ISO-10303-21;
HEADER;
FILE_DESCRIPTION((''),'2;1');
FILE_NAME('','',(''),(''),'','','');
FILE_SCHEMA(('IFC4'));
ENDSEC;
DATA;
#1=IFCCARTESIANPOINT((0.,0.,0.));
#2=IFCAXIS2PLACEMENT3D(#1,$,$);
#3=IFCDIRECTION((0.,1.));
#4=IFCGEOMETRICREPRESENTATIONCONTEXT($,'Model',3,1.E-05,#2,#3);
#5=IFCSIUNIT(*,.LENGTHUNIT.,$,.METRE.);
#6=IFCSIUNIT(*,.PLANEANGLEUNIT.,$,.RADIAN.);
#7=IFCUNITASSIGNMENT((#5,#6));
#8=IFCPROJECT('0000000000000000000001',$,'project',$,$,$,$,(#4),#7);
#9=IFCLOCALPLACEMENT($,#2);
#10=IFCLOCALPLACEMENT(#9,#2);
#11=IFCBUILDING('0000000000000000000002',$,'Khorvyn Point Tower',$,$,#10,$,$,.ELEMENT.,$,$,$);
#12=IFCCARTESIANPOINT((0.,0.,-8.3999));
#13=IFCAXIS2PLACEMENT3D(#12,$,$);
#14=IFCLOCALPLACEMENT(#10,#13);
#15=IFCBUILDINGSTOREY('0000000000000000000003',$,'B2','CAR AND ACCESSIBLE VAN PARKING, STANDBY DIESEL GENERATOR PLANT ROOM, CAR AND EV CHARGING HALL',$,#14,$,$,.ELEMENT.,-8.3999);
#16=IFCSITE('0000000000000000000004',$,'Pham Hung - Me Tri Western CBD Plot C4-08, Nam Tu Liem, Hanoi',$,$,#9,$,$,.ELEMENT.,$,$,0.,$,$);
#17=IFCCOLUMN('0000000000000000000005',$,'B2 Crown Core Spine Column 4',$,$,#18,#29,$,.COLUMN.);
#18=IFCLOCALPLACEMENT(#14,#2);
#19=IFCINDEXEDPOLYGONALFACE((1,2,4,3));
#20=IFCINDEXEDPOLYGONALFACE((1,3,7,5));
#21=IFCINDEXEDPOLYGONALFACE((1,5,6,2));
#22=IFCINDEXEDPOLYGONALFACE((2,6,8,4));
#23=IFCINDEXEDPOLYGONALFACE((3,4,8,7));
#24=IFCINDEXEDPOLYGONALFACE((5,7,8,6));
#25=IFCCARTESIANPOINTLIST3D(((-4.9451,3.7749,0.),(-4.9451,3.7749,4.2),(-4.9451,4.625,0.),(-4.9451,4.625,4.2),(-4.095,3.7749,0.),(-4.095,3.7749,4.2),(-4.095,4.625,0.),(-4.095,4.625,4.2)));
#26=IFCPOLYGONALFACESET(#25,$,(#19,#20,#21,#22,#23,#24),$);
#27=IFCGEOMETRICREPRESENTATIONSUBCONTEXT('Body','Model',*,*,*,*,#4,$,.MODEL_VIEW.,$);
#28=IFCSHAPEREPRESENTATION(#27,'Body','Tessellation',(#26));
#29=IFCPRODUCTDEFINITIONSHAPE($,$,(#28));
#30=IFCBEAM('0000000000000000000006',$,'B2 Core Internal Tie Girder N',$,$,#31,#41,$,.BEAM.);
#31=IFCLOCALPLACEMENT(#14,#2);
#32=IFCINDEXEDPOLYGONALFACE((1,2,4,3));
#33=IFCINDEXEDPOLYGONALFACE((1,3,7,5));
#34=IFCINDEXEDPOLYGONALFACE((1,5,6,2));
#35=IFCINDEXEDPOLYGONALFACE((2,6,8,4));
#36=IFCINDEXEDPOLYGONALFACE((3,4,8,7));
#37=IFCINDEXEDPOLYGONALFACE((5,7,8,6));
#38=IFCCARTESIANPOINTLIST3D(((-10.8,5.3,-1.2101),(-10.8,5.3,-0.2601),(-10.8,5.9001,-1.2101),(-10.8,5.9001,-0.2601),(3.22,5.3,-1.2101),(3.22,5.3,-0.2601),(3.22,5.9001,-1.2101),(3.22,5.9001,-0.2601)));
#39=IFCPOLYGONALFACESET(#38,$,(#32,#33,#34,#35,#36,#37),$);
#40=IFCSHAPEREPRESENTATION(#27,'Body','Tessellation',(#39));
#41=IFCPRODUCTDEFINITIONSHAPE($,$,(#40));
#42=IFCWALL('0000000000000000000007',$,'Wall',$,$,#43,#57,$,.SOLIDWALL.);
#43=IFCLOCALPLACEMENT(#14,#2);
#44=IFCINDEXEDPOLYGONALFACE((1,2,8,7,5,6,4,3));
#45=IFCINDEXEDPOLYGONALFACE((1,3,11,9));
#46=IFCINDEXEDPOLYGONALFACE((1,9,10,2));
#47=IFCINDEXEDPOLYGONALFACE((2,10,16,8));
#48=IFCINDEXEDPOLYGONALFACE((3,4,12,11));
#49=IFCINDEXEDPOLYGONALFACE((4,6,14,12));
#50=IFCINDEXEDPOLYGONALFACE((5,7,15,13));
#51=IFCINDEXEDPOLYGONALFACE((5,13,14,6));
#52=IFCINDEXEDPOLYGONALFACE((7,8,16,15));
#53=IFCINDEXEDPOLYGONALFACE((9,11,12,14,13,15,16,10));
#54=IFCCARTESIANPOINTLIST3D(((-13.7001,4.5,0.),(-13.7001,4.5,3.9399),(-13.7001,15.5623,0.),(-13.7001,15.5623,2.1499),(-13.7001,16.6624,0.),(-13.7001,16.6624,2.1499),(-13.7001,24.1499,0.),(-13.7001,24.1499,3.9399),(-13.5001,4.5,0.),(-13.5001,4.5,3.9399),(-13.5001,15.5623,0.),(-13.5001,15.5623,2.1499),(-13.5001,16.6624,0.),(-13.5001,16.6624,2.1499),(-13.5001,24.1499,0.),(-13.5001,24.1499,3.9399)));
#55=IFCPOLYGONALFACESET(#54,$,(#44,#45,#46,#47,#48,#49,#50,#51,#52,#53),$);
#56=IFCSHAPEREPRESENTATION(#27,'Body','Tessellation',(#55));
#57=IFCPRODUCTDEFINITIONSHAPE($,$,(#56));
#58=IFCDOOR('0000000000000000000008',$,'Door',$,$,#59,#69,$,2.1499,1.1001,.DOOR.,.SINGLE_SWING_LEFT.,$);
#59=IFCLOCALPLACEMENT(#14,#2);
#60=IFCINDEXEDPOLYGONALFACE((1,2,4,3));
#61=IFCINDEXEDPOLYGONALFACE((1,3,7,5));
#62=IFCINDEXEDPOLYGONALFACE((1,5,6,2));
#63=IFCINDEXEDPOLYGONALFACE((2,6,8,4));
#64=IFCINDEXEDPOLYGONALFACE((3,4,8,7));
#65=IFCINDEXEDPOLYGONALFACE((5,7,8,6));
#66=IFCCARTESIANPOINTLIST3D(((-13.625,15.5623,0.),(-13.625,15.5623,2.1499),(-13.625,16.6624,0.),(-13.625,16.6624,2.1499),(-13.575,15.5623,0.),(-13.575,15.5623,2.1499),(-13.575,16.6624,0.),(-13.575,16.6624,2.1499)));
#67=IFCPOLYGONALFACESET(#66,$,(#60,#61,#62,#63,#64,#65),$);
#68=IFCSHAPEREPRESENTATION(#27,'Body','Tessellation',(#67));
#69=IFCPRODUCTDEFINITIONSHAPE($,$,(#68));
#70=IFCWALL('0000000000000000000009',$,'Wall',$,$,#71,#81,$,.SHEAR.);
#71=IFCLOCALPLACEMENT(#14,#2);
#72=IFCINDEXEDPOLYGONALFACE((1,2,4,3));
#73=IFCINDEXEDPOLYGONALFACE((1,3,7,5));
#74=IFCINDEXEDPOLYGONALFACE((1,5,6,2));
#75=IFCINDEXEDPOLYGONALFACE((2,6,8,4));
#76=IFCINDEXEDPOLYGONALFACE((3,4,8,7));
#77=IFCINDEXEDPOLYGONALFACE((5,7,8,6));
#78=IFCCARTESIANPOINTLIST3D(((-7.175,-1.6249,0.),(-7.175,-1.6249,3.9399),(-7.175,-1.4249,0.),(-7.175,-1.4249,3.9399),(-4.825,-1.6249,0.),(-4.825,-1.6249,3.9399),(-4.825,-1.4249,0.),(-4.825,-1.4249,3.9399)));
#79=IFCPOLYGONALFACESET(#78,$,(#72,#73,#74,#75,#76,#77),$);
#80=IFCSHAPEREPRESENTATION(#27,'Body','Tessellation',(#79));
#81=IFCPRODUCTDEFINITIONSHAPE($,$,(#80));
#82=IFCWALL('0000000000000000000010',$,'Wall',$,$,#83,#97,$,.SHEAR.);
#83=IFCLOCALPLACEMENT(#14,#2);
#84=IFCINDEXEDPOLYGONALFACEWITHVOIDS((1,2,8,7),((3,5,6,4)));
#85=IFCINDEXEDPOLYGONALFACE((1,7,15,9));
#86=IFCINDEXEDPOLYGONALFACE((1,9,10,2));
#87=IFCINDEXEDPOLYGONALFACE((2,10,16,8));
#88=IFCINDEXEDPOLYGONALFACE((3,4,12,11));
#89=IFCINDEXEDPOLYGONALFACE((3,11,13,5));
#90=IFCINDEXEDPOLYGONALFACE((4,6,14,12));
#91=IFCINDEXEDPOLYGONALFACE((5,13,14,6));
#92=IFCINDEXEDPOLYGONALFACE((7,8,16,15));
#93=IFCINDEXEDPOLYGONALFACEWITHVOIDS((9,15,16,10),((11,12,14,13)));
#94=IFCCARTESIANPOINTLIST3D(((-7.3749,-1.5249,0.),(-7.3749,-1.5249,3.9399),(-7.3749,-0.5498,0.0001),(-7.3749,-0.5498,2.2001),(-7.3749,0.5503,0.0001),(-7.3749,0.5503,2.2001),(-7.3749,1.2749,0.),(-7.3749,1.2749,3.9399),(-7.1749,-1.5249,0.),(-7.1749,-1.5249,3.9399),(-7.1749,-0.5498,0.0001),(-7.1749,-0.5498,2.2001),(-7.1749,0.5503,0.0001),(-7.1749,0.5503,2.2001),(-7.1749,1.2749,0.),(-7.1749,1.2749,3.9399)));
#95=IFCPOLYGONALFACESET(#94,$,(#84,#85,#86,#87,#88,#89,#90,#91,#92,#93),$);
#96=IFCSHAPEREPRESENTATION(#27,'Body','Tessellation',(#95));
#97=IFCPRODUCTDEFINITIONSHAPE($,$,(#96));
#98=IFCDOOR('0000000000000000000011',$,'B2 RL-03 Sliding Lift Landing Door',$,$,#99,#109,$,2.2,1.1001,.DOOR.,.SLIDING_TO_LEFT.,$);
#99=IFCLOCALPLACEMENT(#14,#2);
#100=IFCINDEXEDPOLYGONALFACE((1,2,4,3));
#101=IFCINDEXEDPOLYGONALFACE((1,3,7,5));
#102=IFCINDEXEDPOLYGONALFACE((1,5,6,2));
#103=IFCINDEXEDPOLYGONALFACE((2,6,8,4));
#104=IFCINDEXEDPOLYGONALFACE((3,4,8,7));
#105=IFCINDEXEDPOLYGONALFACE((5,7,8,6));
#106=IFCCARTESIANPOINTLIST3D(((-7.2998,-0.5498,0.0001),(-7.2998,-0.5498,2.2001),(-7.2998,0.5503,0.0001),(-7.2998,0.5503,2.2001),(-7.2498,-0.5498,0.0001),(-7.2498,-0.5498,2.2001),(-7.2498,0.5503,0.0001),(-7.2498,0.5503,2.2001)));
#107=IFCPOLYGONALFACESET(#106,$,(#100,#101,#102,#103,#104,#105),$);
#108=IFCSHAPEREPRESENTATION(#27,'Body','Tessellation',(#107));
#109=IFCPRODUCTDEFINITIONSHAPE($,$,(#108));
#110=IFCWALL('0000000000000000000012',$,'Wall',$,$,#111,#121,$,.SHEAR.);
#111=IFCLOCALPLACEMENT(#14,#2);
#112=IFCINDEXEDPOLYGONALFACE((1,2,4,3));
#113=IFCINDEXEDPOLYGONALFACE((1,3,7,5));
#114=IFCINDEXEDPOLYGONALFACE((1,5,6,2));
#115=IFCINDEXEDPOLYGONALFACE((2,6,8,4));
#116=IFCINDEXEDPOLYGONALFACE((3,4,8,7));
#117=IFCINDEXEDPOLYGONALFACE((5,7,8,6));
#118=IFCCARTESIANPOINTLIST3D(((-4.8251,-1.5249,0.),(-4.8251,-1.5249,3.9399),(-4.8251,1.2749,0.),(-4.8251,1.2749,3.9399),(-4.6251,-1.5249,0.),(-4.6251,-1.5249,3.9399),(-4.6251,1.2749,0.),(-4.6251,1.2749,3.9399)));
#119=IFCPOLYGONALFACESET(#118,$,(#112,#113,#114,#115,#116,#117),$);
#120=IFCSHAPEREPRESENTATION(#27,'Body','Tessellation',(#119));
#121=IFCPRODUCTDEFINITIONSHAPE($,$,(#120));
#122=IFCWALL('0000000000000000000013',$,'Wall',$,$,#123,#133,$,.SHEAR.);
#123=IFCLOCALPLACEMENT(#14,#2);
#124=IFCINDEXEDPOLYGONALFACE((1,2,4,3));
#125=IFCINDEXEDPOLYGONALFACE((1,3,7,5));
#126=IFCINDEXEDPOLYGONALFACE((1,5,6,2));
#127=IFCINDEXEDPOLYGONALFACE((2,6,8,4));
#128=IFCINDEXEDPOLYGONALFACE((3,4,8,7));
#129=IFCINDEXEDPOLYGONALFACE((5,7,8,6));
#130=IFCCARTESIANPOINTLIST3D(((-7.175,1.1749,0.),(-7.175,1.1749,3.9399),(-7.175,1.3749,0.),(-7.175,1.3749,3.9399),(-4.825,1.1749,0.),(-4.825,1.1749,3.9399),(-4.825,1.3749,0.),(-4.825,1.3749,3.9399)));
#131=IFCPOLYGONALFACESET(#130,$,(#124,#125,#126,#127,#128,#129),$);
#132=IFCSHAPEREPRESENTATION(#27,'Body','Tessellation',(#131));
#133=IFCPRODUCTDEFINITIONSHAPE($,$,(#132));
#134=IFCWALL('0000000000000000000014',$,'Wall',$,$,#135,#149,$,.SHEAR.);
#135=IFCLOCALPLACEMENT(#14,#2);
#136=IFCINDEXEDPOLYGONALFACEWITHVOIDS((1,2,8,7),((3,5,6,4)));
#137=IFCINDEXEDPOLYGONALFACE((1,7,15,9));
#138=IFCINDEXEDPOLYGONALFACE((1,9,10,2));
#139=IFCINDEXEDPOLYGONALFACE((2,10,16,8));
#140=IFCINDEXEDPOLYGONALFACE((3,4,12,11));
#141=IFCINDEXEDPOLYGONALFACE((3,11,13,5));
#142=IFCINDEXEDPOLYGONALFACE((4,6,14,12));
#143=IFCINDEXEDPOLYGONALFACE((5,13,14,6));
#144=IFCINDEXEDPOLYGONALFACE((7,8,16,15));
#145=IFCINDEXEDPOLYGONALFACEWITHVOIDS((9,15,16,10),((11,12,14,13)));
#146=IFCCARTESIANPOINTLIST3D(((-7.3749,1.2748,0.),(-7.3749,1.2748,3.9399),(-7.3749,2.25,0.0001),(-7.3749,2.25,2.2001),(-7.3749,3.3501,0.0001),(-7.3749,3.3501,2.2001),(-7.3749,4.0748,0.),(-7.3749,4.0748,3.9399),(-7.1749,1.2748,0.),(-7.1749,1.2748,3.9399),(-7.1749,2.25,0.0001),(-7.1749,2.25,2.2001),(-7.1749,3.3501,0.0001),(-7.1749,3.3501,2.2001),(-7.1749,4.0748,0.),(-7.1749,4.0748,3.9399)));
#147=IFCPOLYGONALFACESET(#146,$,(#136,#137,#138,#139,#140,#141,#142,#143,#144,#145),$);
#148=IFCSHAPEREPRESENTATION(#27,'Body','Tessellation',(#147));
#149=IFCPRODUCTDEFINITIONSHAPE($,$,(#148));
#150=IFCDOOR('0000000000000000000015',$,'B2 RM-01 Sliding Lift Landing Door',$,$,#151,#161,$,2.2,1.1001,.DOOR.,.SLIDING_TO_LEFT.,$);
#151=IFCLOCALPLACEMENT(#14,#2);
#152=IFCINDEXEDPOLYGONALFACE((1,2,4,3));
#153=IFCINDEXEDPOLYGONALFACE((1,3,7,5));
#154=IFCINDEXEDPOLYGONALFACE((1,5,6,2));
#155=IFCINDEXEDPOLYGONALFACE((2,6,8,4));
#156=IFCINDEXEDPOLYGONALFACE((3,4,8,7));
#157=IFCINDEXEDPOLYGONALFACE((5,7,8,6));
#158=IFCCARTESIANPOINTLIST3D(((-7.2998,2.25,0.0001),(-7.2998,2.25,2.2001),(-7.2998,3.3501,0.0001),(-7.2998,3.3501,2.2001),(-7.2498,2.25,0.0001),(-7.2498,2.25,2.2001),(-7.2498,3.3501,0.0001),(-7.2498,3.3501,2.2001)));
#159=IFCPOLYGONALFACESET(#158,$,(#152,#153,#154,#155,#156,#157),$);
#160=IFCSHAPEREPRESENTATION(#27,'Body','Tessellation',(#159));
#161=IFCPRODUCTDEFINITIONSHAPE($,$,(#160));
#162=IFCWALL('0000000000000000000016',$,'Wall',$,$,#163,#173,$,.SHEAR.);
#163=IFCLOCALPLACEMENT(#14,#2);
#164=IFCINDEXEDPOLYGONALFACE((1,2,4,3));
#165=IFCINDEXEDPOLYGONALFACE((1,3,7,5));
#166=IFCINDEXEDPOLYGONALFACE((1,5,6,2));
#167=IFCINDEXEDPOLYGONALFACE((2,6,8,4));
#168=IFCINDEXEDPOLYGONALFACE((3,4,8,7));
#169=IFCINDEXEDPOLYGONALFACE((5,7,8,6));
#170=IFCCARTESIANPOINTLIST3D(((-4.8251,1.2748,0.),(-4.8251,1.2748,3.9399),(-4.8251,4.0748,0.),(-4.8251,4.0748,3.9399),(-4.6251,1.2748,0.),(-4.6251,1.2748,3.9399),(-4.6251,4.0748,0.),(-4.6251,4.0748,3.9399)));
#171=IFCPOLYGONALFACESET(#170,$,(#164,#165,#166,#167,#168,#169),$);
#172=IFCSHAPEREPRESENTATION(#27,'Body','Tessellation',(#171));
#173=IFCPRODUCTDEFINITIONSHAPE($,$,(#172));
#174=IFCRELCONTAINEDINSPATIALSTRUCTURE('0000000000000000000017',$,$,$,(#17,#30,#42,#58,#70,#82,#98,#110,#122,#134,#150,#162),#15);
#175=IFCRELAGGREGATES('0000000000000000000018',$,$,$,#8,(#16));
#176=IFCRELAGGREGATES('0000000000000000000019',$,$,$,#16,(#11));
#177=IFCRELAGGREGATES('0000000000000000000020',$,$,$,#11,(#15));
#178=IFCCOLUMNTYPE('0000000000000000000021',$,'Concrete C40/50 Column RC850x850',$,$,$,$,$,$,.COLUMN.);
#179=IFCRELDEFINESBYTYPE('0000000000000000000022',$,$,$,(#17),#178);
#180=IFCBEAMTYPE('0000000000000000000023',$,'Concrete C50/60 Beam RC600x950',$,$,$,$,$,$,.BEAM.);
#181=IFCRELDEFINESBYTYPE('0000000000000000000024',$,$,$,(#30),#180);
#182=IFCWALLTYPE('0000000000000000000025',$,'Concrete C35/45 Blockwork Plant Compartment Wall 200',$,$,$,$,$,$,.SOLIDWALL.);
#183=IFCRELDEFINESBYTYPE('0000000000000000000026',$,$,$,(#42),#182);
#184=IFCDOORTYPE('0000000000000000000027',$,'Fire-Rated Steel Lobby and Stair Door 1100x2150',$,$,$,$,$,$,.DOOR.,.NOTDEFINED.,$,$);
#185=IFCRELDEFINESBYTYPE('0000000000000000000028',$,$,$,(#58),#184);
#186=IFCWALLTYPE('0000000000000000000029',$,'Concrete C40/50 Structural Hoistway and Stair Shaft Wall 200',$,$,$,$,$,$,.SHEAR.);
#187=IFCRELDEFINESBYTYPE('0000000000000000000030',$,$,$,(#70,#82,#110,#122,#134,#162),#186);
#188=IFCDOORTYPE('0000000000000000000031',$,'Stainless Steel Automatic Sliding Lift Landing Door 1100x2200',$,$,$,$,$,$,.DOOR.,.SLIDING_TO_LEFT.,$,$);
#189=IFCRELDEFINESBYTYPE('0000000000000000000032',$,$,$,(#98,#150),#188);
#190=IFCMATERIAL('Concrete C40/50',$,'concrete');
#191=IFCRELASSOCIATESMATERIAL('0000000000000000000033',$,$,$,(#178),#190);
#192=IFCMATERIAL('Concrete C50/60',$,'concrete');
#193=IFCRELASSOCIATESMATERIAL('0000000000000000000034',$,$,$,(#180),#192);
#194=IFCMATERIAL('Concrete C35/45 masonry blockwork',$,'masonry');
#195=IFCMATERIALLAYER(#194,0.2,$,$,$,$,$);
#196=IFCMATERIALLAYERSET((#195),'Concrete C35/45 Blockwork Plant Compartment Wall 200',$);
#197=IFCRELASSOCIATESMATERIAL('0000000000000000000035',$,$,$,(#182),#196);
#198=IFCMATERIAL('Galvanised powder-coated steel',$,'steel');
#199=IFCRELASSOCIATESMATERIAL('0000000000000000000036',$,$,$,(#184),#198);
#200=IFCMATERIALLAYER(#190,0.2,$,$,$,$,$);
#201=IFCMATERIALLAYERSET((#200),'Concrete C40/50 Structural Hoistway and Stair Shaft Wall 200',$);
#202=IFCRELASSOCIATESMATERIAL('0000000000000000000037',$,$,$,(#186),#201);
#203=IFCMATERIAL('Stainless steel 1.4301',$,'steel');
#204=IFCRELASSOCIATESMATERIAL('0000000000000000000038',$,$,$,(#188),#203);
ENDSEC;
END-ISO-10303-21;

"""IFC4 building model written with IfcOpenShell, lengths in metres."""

from ifc_helpers import new_model, si_unit, direction, frame, frame_2d, origin, origin_2d, place, context, subcontext, project, spatial, rectangle, extrude, material, layer, layer_set, material_profile, profile_set, type_object, element, fill, save


model = new_model("IFC4")

# Units and contexts
model_context = context("Model", 3, precision=1e-05, world=origin(), true_north=direction((0.0, 1.0)))
body_context = subcontext(model_context, "Body", "Model", "MODEL_VIEW")
ifc_project = project(units=[si_unit("LENGTHUNIT", "METRE"), si_unit("PLANEANGLEUNIT", "RADIAN")], contexts=[model_context])

# Site, building, storey
site_placement = place(None, origin())
site = spatial("IfcSite", under=ifc_project, at=site_placement, Name="Pham Hung - Me Tri Western CBD Plot C4-08, Nam Tu Liem, Hanoi", CompositionType="ELEMENT", RefElevation=0.0)
building_placement = place(site_placement, origin())
building = spatial("IfcBuilding", under=site, at=building_placement, Name="Khorvyn Point Tower", CompositionType="ELEMENT")
storey_placement = place(building_placement, frame((0.0, 0.0, -8.3999)))
storey = spatial("IfcBuildingStorey", under=building, at=storey_placement, Name="B2", Description="CAR AND ACCESSIBLE VAN PARKING, STANDBY DIESEL GENERATOR PLANT ROOM, CAR AND EV CHARGING HALL", CompositionType="ELEMENT", Elevation=-8.3999)

# Column
ifc_material_1 = material(Name="Concrete C40/50", Category="concrete")
ifc_material_profile_1 = material_profile(ifc_material_1, rectangle(XDim=0.8501, YDim=0.8501, at=origin_2d()))
ifc_profile_set_1 = profile_set([ifc_material_profile_1], Name="Concrete C40/50 RC850x850")
column_type = type_object("IfcColumnType", Name="Concrete C40/50 Column RC850x850", PredefinedType="COLUMN", material=ifc_profile_set_1)
column_placement = place(storey_placement, frame((-4.52, 4.2, 0.0), z_axis=(0.0, 0.0, 1.0), x_axis=(1.0, 0.0, 0.0)))
element("IfcColumn", 1, at=column_placement, inside=storey, type_object=column_type, Name="B2 Crown Core Spine Column 4", PredefinedType="COLUMN", context=body_context, shape_type="SweptSolid", body=[
    extrude(rectangle(XDim=0.8501, YDim=0.8501, at=origin_2d()), origin(), (0.0, 0.0, 1.0), 4.2),
])

# Beam
ifc_material_2 = material(Name="Concrete C50/60", Category="concrete")
ifc_material_profile_2 = material_profile(ifc_material_2, rectangle(XDim=0.6001, YDim=0.95, at=origin_2d()))
ifc_profile_set_2 = profile_set([ifc_material_profile_2], Name="Concrete C50/60 RC600x950")
beam_type = type_object("IfcBeamType", Name="Concrete C50/60 Beam RC600x950", PredefinedType="BEAM", material=ifc_profile_set_2)
beam_placement = place(storey_placement, frame((-10.8, 5.6001, -0.7351), z_axis=(1.0, 0.0, 0.0), x_axis=(0.0, 1.0, 0.0)))
element("IfcBeam", 2, at=beam_placement, inside=storey, type_object=beam_type, Name="B2 Core Internal Tie Girder N", PredefinedType="BEAM", context=body_context, shape_type="SweptSolid", body=[
    extrude(rectangle(XDim=0.6001, YDim=0.95, at=origin_2d()), origin(), (0.0, 0.0, 1.0), 14.02),
])

# Wall, opening, door
ifc_material_3 = material(Name="Concrete C35/45 masonry blockwork", Category="masonry")
ifc_layer_1 = layer(ifc_material_3, 0.2)
ifc_layer_set_1 = layer_set([ifc_layer_1], Name="Concrete C35/45 Blockwork Plant Compartment Wall 200")
wall_type_1 = type_object("IfcWallType", Name="Concrete C35/45 Blockwork Plant Compartment Wall 200", PredefinedType="SOLIDWALL", material=ifc_layer_set_1)
wall_1_placement = place(storey_placement, frame((-13.6001, 4.5, 0.0), z_axis=(0.0, 0.0, 1.0), x_axis=(0.0, 1.0, 0.0)))
wall_1 = element("IfcWall", 3, at=wall_1_placement, inside=storey, type_object=wall_type_1, Name="Wall", PredefinedType="SOLIDWALL", context=body_context, shape_type="SweptSolid", body=[
    extrude(rectangle(XDim=19.6499, YDim=0.2, at=frame_2d((9.825, 0.0))), origin(), (0.0, 0.0, 1.0), 3.9399),
])
opening_1_placement = place(wall_1_placement, frame((11.0623, 0.0, 0.0)))
opening_1 = element("IfcOpeningElement", 4, at=opening_1_placement, cuts=wall_1, PredefinedType="OPENING", context=body_context, shape_type="SweptSolid", body=[
    extrude(rectangle(XDim=1.1001, YDim=2.1499, at=frame_2d((0.55, 1.075))), frame((0.0, 0.1099, 0.0), z_axis=(0.0, -1.0, 0.0), x_axis=(1.0, 0.0, 0.0)), (0.0, 0.0, 1.0), 0.22),
])
ifc_material_4 = material(Name="Galvanised powder-coated steel", Category="steel")
door_type_1 = type_object("IfcDoorType", Name="Fire-Rated Steel Lobby and Stair Door 1100x2150", OperationType="NOTDEFINED", PredefinedType="DOOR", material=ifc_material_4)
door_1_placement = place(opening_1_placement, origin())
door_1 = element("IfcDoor", 5, at=door_1_placement, inside=storey, type_object=door_type_1, Name="Door", OperationType="SINGLE_SWING_LEFT", OverallHeight=2.1499, OverallWidth=1.1001, PredefinedType="DOOR", context=body_context, shape_type="SweptSolid", body=[
    extrude(rectangle(XDim=1.1001, YDim=2.1499, at=frame_2d((0.55, 1.075))), frame((0.0, 0.0249, 0.0), z_axis=(0.0, -1.0, 0.0), x_axis=(1.0, 0.0, 0.0)), (0.0, 0.0, 1.0), 0.05),
])
fill(opening_1, door_1)

# Wall
ifc_layer_2 = layer(ifc_material_1, 0.2)
ifc_layer_set_2 = layer_set([ifc_layer_2], Name="Concrete C40/50 Structural Hoistway and Stair Shaft Wall 200")
wall_type_2 = type_object("IfcWallType", Name="Concrete C40/50 Structural Hoistway and Stair Shaft Wall 200", PredefinedType="SHEAR", material=ifc_layer_set_2)
wall_2_placement = place(storey_placement, frame((-7.175, -1.5249, 0.0), z_axis=(0.0, 0.0, 1.0), x_axis=(1.0, 0.0, 0.0)))
element("IfcWall", 6, at=wall_2_placement, inside=storey, type_object=wall_type_2, Name="Wall", PredefinedType="SHEAR", context=body_context, shape_type="SweptSolid", body=[
    extrude(rectangle(XDim=2.3501, YDim=0.2, at=frame_2d((1.175, 0.0))), origin(), (0.0, 0.0, 1.0), 3.9399),
])

# Wall, opening, door
wall_3_placement = place(storey_placement, frame((-7.2749, -1.5249, 0.0), z_axis=(0.0, 0.0, 1.0), x_axis=(0.0, 1.0, 0.0)))
wall_3 = element("IfcWall", 7, at=wall_3_placement, inside=storey, type_object=wall_type_2, Name="Wall", PredefinedType="SHEAR", context=body_context, shape_type="SweptSolid", body=[
    extrude(rectangle(XDim=2.7998, YDim=0.2, at=frame_2d((1.3999, 0.0))), origin(), (0.0, 0.0, 1.0), 3.9399),
])
opening_2_placement = place(wall_3_placement, frame((0.9751, 0.0, 0.0)))
opening_2 = element("IfcOpeningElement", 8, at=opening_2_placement, cuts=wall_3, PredefinedType="OPENING", context=body_context, shape_type="SweptSolid", body=[
    extrude(rectangle(XDim=1.1001, YDim=2.2, at=frame_2d((0.55, 1.1001))), frame((0.0, 0.1099, 0.0), z_axis=(0.0, -1.0, 0.0), x_axis=(1.0, 0.0, 0.0)), (0.0, 0.0, 1.0), 0.22),
])
ifc_material_5 = material(Name="Stainless steel 1.4301", Category="steel")
door_type_2 = type_object("IfcDoorType", Name="Stainless Steel Automatic Sliding Lift Landing Door 1100x2200", OperationType="SLIDING_TO_LEFT", PredefinedType="DOOR", material=ifc_material_5)
door_2_placement = place(opening_2_placement, origin())
door_2 = element("IfcDoor", 9, at=door_2_placement, inside=storey, type_object=door_type_2, Name="B2 RL-03 Sliding Lift Landing Door", OperationType="SLIDING_TO_LEFT", OverallHeight=2.2, OverallWidth=1.1001, PredefinedType="DOOR", context=body_context, shape_type="SweptSolid", body=[
    extrude(rectangle(XDim=1.1001, YDim=2.2, at=frame_2d((0.55, 1.1001))), frame((0.0, 0.0249, 0.0), z_axis=(0.0, -1.0, 0.0), x_axis=(1.0, 0.0, 0.0)), (0.0, 0.0, 1.0), 0.05),
])
fill(opening_2, door_2)

# Walls
wall_4_placement = place(storey_placement, frame((-4.7251, -1.5249, 0.0), z_axis=(0.0, 0.0, 1.0), x_axis=(0.0, 1.0, 0.0)))
element("IfcWall", 10, at=wall_4_placement, inside=storey, type_object=wall_type_2, Name="Wall", PredefinedType="SHEAR", context=body_context, shape_type="SweptSolid", body=[
    extrude(rectangle(XDim=2.7998, YDim=0.2, at=frame_2d((1.3999, 0.0))), origin(), (0.0, 0.0, 1.0), 3.9399),
])
wall_5_placement = place(storey_placement, frame((-7.175, 1.2749, 0.0), z_axis=(0.0, 0.0, 1.0), x_axis=(1.0, 0.0, 0.0)))
element("IfcWall", 11, at=wall_5_placement, inside=storey, type_object=wall_type_2, Name="Wall", PredefinedType="SHEAR", context=body_context, shape_type="SweptSolid", body=[
    extrude(rectangle(XDim=2.3501, YDim=0.2, at=frame_2d((1.175, 0.0))), origin(), (0.0, 0.0, 1.0), 3.9399),
])

# Wall, opening, door
wall_6_placement = place(storey_placement, frame((-7.2749, 1.2749, 0.0), z_axis=(0.0, 0.0, 1.0), x_axis=(0.0, 1.0, 0.0)))
wall_6 = element("IfcWall", 12, at=wall_6_placement, inside=storey, type_object=wall_type_2, Name="Wall", PredefinedType="SHEAR", context=body_context, shape_type="SweptSolid", body=[
    extrude(rectangle(XDim=2.8, YDim=0.2, at=frame_2d((1.3999, 0.0))), origin(), (0.0, 0.0, 1.0), 3.9399),
])
opening_3_placement = place(wall_6_placement, frame((0.9751, 0.0, 0.0)))
opening_3 = element("IfcOpeningElement", 13, at=opening_3_placement, cuts=wall_6, PredefinedType="OPENING", context=body_context, shape_type="SweptSolid", body=[
    extrude(rectangle(XDim=1.1001, YDim=2.2, at=frame_2d((0.55, 1.1001))), frame((0.0, 0.1099, 0.0), z_axis=(0.0, -1.0, 0.0), x_axis=(1.0, 0.0, 0.0)), (0.0, 0.0, 1.0), 0.22),
])
door_3_placement = place(opening_3_placement, origin())
door_3 = element("IfcDoor", 14, at=door_3_placement, inside=storey, type_object=door_type_2, Name="B2 RM-01 Sliding Lift Landing Door", OperationType="SLIDING_TO_LEFT", OverallHeight=2.2, OverallWidth=1.1001, PredefinedType="DOOR", context=body_context, shape_type="SweptSolid", body=[
    extrude(rectangle(XDim=1.1001, YDim=2.2, at=frame_2d((0.55, 1.1001))), frame((0.0, 0.0249, 0.0), z_axis=(0.0, -1.0, 0.0), x_axis=(1.0, 0.0, 0.0)), (0.0, 0.0, 1.0), 0.05),
])
fill(opening_3, door_3)

# Wall
wall_7_placement = place(storey_placement, frame((-4.7251, 1.2749, 0.0), z_axis=(0.0, 0.0, 1.0), x_axis=(0.0, 1.0, 0.0)))
element("IfcWall", 15, at=wall_7_placement, inside=storey, type_object=wall_type_2, Name="Wall", PredefinedType="SHEAR", context=body_context, shape_type="SweptSolid", body=[
    extrude(rectangle(XDim=2.8, YDim=0.2, at=frame_2d((1.3999, 0.0))), origin(), (0.0, 0.0, 1.0), 3.9399),
])

save(model, "model.ifc")
